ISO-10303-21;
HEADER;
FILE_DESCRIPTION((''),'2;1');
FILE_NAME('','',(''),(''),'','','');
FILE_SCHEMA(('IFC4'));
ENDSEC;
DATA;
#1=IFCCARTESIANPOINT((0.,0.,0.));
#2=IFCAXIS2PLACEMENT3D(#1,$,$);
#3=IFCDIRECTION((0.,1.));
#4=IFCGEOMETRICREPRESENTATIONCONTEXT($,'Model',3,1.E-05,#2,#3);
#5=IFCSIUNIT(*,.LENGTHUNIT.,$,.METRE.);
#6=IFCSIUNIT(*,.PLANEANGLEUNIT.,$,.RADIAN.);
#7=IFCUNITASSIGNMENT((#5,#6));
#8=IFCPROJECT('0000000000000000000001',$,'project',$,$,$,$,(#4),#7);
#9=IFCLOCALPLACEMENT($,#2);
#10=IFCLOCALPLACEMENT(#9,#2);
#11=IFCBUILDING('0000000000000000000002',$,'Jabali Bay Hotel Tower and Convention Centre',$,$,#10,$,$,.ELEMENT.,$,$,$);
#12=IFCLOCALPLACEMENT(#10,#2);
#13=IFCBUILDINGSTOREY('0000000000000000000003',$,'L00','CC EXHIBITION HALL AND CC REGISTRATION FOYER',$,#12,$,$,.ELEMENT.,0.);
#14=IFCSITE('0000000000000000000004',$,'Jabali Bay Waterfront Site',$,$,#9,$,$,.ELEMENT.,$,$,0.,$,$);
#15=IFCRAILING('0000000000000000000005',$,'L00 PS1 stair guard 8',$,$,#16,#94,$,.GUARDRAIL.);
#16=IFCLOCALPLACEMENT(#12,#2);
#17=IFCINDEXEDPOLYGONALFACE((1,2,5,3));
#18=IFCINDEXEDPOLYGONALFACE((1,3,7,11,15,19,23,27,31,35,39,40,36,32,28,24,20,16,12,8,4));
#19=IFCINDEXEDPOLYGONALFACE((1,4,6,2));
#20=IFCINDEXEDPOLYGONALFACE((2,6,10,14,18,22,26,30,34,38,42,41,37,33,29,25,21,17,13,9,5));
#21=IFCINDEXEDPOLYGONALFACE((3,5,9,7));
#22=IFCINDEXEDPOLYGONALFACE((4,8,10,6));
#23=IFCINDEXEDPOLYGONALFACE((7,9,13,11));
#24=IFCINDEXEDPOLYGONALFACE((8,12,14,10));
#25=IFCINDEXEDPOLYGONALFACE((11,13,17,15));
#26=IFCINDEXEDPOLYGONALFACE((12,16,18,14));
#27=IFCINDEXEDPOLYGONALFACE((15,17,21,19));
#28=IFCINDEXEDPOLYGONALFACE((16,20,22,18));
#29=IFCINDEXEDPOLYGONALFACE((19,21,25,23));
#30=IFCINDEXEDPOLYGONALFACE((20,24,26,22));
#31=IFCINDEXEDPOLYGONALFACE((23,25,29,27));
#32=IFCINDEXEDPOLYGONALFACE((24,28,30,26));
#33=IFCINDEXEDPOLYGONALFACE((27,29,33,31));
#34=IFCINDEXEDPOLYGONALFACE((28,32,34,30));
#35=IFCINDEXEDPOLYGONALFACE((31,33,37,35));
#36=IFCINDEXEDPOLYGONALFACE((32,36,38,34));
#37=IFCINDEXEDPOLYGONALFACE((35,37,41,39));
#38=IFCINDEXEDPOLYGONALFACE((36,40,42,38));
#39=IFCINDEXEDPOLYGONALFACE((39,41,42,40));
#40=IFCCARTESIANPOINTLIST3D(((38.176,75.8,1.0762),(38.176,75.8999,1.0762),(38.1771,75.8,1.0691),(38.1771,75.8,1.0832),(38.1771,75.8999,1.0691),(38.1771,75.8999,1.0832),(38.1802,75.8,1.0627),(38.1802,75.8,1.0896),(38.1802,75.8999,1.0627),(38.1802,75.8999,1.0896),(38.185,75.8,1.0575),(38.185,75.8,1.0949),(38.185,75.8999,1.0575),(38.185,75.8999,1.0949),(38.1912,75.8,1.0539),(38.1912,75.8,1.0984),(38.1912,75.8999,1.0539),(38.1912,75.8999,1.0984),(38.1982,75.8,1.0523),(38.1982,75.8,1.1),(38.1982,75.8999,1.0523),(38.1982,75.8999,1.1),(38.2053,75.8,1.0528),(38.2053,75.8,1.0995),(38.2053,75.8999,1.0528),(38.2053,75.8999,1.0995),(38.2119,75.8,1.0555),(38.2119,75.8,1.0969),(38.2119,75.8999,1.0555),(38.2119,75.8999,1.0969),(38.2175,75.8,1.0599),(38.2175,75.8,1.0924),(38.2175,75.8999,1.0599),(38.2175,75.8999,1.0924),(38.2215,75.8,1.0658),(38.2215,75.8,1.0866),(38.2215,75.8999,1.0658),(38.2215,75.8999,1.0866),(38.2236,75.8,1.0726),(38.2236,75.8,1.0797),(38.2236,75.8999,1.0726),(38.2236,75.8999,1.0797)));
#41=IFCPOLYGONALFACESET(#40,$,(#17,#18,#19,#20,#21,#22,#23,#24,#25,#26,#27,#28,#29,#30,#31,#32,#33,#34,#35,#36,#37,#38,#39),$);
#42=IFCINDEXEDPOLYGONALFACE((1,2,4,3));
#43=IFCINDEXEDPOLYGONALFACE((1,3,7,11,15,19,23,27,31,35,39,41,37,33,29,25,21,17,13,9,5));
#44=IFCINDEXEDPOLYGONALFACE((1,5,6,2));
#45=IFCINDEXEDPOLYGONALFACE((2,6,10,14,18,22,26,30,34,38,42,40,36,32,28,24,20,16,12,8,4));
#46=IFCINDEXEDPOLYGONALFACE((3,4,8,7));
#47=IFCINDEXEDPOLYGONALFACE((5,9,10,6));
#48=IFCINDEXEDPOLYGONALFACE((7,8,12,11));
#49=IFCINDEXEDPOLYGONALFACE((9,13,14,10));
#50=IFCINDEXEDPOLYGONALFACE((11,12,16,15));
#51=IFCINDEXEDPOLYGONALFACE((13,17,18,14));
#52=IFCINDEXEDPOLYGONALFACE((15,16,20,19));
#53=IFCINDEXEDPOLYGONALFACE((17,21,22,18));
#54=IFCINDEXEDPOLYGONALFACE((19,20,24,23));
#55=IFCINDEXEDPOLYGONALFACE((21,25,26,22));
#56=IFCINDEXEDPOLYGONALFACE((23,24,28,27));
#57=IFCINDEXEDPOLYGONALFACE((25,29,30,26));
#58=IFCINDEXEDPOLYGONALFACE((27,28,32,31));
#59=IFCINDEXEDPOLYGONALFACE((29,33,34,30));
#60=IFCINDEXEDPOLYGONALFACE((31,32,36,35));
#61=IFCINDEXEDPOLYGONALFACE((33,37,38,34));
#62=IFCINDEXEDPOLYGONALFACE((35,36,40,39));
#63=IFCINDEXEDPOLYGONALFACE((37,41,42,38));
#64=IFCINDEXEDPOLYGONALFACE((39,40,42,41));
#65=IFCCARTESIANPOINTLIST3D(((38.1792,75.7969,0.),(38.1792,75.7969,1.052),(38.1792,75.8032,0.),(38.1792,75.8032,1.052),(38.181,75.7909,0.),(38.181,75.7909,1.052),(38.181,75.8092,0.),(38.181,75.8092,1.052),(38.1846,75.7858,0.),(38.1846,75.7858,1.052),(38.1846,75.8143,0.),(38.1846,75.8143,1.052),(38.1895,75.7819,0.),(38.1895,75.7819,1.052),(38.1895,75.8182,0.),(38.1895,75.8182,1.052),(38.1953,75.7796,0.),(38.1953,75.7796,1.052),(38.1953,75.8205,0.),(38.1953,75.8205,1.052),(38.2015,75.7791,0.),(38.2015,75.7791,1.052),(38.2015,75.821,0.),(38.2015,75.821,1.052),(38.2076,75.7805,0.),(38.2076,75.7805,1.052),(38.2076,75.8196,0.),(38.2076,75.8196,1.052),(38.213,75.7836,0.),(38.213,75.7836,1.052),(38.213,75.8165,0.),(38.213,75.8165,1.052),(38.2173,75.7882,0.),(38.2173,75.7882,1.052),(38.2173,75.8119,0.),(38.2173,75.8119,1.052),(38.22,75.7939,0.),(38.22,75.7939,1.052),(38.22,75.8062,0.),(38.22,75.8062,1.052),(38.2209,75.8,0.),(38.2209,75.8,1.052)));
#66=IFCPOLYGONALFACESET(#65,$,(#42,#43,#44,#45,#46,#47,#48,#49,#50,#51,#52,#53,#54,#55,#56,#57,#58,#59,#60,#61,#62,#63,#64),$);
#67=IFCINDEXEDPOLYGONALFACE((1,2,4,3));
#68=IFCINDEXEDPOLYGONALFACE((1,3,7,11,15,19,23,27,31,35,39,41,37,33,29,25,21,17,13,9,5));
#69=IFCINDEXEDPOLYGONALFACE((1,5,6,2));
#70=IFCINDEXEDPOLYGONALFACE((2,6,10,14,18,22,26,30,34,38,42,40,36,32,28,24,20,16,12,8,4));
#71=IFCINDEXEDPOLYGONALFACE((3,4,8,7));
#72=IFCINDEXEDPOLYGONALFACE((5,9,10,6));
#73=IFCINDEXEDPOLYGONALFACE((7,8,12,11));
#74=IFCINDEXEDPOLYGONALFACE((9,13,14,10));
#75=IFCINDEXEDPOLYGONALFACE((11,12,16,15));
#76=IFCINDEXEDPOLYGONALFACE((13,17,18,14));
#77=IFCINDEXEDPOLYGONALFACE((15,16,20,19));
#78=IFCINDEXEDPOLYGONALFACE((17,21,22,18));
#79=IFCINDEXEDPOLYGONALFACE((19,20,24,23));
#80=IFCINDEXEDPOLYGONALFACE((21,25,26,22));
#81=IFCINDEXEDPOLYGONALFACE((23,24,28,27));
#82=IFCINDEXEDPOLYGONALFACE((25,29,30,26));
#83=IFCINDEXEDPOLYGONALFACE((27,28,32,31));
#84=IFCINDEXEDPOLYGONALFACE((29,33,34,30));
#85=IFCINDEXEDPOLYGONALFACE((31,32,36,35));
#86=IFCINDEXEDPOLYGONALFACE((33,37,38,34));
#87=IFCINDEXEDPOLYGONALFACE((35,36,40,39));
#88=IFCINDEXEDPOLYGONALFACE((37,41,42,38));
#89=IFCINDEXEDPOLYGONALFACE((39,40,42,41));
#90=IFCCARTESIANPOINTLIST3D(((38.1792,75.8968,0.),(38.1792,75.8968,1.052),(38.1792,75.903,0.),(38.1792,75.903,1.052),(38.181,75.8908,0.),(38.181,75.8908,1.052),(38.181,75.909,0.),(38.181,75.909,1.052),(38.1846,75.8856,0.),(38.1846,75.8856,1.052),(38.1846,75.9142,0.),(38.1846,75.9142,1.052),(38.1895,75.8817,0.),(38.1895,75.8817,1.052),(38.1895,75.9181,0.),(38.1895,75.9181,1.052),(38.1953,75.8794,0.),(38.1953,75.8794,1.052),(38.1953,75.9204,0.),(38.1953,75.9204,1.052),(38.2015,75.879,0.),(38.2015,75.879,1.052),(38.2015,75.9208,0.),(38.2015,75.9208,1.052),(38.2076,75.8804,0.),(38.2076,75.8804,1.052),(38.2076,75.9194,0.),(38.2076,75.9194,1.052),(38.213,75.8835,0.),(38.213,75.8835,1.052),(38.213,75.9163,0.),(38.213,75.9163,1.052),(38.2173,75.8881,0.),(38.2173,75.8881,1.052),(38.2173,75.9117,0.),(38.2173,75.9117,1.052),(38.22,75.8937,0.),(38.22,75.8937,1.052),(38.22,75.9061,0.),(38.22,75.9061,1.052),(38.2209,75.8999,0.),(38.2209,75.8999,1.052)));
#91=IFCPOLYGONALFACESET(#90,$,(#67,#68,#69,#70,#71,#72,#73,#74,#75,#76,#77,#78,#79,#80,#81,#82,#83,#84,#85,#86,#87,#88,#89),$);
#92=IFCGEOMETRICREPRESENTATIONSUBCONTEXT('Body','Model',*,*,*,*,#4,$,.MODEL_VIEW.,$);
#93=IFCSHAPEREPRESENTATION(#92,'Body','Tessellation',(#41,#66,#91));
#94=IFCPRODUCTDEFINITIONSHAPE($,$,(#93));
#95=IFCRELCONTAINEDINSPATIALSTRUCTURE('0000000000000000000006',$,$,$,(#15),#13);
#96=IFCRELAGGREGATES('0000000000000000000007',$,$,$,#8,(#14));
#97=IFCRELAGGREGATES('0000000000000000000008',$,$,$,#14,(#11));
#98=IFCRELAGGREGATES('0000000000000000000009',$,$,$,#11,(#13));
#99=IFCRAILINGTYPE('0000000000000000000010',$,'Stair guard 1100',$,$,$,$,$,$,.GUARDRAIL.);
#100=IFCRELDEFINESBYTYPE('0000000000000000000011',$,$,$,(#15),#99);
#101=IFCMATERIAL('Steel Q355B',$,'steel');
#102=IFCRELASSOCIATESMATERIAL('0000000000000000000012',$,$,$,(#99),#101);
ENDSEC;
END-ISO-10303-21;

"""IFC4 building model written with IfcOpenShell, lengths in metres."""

from ifc_helpers import new_model, si_unit, direction, frame, origin, origin_2d, place, context, subcontext, project, spatial, circle, extrude, material, type_object, element, save


model = new_model("IFC4")

# Units and contexts
model_context = context("Model", 3, precision=1e-05, world=origin(), true_north=direction((0.0, 1.0)))
body_context = subcontext(model_context, "Body", "Model", "MODEL_VIEW")
ifc_project = project(units=[si_unit("LENGTHUNIT", "METRE"), si_unit("PLANEANGLEUNIT", "RADIAN")], contexts=[model_context])

# Site, building, storey
site_placement = place(None, origin())
site = spatial("IfcSite", under=ifc_project, at=site_placement, Name="Jabali Bay Waterfront Site", CompositionType="ELEMENT", RefElevation=0.0)
building_placement = place(site_placement, origin())
building = spatial("IfcBuilding", under=site, at=building_placement, Name="Jabali Bay Hotel Tower and Convention Centre", CompositionType="ELEMENT")
storey_placement = place(building_placement, origin())
storey = spatial("IfcBuildingStorey", under=building, at=storey_placement, Name="L00", Description="CC EXHIBITION HALL AND CC REGISTRATION FOYER", CompositionType="ELEMENT", Elevation=0.0)

# Railing
ifc_material_1 = material(Name="Steel Q355B", Category="steel")
railing_type_1 = type_object("IfcRailingType", Name="Stair guard 1100", PredefinedType="GUARDRAIL", material=ifc_material_1)
railing_1_placement = place(storey_placement, frame((38.2, 75.8, 0.0)))
element("IfcRailing", 1, at=railing_1_placement, inside=storey, type_object=railing_type_1, Name="L00 PS1 stair guard 8", PredefinedType="GUARDRAIL", context=body_context, shape_type="SweptSolid", body=[
    extrude(circle(Radius=0.0239, at=origin_2d()), frame((0.0, 0.0, 1.0762), z_axis=(0.0, 1.0, 0.0), x_axis=(-1.0, 0.0, 0.0)), (0.0, 0.0, 1.0), 0.0999),
    extrude(circle(Radius=0.021, at=origin_2d()), origin(), (0.0, 0.0, 1.0), 1.052),
    extrude(circle(Radius=0.021, at=origin_2d()), frame((0.0, 0.0999, 0.0)), (0.0, 0.0, 1.0), 1.052),
])

save(model, "model.ifc")
